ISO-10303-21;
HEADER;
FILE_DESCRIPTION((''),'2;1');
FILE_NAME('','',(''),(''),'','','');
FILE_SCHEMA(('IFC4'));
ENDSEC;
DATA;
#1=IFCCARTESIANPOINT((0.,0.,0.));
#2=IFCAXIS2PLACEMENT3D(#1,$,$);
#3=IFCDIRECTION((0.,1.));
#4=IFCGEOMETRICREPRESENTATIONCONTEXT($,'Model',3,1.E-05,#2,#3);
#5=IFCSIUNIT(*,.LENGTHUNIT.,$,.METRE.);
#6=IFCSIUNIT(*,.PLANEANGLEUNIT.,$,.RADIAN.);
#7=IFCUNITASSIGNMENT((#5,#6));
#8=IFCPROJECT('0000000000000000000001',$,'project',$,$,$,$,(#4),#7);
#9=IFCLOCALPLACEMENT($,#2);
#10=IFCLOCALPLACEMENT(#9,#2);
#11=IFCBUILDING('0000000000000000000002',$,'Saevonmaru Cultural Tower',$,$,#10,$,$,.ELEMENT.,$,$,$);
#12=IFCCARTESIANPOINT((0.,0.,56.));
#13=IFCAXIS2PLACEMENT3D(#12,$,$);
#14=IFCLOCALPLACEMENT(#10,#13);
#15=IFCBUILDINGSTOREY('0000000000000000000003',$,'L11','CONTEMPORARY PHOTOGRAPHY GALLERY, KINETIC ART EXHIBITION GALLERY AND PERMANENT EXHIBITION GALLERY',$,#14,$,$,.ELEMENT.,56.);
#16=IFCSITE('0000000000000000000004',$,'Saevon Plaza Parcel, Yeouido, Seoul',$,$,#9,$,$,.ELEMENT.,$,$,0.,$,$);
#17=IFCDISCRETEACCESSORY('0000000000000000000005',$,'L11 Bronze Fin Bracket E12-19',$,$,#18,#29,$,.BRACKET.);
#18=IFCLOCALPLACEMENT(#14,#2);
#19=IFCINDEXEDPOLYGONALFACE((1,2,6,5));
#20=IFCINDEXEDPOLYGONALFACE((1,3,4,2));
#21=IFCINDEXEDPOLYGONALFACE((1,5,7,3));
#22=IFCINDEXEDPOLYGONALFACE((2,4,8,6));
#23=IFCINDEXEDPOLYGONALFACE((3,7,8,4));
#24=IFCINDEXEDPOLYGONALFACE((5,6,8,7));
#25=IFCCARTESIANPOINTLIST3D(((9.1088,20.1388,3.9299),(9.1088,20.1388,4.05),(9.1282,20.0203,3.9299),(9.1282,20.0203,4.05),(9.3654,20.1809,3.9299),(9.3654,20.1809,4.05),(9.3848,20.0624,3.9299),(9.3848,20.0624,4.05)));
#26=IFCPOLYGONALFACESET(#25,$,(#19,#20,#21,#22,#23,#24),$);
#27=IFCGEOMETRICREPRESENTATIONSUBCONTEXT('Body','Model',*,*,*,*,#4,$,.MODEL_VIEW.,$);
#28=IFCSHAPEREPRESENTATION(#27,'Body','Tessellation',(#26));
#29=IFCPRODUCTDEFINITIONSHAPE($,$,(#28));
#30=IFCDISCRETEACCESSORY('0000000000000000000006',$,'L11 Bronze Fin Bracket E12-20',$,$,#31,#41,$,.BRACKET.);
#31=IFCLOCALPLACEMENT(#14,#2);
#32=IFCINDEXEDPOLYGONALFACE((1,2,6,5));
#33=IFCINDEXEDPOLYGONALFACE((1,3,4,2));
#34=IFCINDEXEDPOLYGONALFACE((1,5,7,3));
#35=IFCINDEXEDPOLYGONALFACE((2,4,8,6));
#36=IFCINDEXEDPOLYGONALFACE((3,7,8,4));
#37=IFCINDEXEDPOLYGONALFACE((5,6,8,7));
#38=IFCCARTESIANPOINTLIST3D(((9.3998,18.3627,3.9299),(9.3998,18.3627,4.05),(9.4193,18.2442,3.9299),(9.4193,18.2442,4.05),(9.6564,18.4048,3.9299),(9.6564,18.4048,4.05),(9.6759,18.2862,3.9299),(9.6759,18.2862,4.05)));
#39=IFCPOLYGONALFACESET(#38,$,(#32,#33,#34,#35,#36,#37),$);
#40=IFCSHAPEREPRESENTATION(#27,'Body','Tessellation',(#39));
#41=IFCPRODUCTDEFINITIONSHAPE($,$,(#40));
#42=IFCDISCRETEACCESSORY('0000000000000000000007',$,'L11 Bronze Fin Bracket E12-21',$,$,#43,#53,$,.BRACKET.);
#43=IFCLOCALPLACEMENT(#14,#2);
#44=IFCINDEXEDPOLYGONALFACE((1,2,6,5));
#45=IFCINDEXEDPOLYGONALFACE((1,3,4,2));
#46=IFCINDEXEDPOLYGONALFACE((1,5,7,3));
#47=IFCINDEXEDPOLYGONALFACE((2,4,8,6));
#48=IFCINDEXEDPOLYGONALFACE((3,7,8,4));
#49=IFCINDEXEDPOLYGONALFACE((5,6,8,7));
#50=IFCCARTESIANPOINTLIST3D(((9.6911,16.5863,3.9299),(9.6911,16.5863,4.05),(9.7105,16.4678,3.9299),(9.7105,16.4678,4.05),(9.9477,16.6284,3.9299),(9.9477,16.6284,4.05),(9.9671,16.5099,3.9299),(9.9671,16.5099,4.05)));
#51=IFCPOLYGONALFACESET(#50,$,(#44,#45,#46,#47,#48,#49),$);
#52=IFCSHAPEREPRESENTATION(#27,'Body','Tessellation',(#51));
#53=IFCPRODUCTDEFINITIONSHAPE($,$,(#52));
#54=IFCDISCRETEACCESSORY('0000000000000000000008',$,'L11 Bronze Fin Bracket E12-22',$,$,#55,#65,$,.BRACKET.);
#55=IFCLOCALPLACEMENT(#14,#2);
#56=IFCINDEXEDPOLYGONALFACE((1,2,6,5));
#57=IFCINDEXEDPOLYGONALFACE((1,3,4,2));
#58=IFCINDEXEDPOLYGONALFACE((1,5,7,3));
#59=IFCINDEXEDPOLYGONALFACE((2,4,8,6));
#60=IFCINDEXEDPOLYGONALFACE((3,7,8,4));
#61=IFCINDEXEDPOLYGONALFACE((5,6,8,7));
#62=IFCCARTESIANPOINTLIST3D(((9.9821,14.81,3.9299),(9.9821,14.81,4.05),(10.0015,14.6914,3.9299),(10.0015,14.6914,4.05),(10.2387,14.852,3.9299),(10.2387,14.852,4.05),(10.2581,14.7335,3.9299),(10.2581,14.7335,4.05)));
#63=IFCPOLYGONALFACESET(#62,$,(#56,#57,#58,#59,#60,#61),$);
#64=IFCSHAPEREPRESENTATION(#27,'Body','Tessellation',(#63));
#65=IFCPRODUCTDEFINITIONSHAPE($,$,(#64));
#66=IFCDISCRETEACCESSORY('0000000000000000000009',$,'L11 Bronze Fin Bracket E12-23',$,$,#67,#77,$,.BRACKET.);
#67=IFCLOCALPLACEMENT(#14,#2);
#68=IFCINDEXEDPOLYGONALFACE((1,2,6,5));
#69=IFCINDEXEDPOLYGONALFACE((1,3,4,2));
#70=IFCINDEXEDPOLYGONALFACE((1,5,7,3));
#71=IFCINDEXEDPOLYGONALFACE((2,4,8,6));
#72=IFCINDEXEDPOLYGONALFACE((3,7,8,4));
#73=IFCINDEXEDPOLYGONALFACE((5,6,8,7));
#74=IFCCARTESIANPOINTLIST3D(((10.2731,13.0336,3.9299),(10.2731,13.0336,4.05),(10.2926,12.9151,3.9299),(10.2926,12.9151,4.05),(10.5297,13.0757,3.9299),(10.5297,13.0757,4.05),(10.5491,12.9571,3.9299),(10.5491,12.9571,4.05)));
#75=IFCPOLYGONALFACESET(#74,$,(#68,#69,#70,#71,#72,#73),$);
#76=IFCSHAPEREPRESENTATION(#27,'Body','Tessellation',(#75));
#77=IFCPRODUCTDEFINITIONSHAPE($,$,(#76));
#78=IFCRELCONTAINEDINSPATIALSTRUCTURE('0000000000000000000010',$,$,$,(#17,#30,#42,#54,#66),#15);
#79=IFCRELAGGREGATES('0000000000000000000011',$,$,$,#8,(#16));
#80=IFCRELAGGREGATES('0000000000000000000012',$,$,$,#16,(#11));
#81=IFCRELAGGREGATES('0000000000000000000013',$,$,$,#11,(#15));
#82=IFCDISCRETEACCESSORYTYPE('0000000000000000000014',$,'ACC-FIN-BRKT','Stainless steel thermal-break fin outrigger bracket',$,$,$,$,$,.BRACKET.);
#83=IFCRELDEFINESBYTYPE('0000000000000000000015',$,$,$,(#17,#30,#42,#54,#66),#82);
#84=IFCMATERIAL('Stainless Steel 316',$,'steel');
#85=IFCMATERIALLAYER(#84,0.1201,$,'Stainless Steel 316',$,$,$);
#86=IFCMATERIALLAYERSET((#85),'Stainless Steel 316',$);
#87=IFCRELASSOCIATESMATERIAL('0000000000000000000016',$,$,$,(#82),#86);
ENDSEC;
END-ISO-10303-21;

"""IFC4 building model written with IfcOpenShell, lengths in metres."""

from ifc_helpers import new_model, si_unit, direction, frame, origin, origin_2d, place, context, subcontext, project, spatial, rectangle, extrude, material, layer, layer_set, type_object, element, save


model = new_model("IFC4")

# Units and contexts
model_context = context("Model", 3, precision=1e-05, world=origin(), true_north=direction((0.0, 1.0)))
body_context = subcontext(model_context, "Body", "Model", "MODEL_VIEW")
ifc_project = project(units=[si_unit("LENGTHUNIT", "METRE"), si_unit("PLANEANGLEUNIT", "RADIAN")], contexts=[model_context])

# Site, building, storey
site_placement = place(None, origin())
site = spatial("IfcSite", under=ifc_project, at=site_placement, Name="Saevon Plaza Parcel, Yeouido, Seoul", CompositionType="ELEMENT", RefElevation=0.0)
building_placement = place(site_placement, origin())
building = spatial("IfcBuilding", under=site, at=building_placement, Name="Saevonmaru Cultural Tower", CompositionType="ELEMENT")
storey_placement = place(building_placement, frame((0.0, 0.0, 56.0)))
storey = spatial("IfcBuildingStorey", under=building, at=storey_placement, Name="L11", Description="CONTEMPORARY PHOTOGRAPHY GALLERY, KINETIC ART EXHIBITION GALLERY AND PERMANENT EXHIBITION GALLERY", CompositionType="ELEMENT", Elevation=56.0)

# Discrete accessories
ifc_material_1 = material(Name="Stainless Steel 316", Category="steel")
ifc_layer_1 = layer(ifc_material_1, 0.1201, Name="Stainless Steel 316")
ifc_layer_set_1 = layer_set([ifc_layer_1], Name="Stainless Steel 316")
discrete_accessory_type = type_object("IfcDiscreteAccessoryType", Name="ACC-FIN-BRKT", Description="Stainless steel thermal-break fin outrigger bracket", PredefinedType="BRACKET", material=ifc_layer_set_1)
for number, where, z_axis, x_axis, name in (
    (1, (9.2468, 20.1006, 3.9299), (0.0, 0.0, 1.0), (-0.986827, -0.161776, 0.0), "L11 Bronze Fin Bracket E12-19"),
    (2, (9.5378, 18.3245, 3.9299), (0.0, 0.0, 1.0), (-0.986827, -0.161776, 0.0), "L11 Bronze Fin Bracket E12-20"),
    (3, (9.8291, 16.5481, 3.9299), (0.0, 0.0, 1.0), (-0.986827, -0.161776, 0.0), "L11 Bronze Fin Bracket E12-21"),
    (4, (10.1201, 14.7717, 3.9299), (0.0, 0.0, 1.0), (-0.986827, -0.161776, 0.0), "L11 Bronze Fin Bracket E12-22"),
    (5, (10.4111, 12.9954, 3.9299), (0.0, 0.0, 1.0), (-0.986827, -0.161776, 0.0), "L11 Bronze Fin Bracket E12-23"),
):
    element("IfcDiscreteAccessory", number, at=place(storey_placement, frame(where, z_axis=z_axis, x_axis=x_axis)), inside=storey, type_object=discrete_accessory_type, Name=name, PredefinedType="BRACKET", context=body_context, shape_type="SweptSolid", body=[
        extrude(rectangle(XDim=0.26, YDim=0.1201, at=origin_2d()), origin(), (0.0, 0.0, 1.0), 0.1201),
    ])

save(model, "model.ifc")
